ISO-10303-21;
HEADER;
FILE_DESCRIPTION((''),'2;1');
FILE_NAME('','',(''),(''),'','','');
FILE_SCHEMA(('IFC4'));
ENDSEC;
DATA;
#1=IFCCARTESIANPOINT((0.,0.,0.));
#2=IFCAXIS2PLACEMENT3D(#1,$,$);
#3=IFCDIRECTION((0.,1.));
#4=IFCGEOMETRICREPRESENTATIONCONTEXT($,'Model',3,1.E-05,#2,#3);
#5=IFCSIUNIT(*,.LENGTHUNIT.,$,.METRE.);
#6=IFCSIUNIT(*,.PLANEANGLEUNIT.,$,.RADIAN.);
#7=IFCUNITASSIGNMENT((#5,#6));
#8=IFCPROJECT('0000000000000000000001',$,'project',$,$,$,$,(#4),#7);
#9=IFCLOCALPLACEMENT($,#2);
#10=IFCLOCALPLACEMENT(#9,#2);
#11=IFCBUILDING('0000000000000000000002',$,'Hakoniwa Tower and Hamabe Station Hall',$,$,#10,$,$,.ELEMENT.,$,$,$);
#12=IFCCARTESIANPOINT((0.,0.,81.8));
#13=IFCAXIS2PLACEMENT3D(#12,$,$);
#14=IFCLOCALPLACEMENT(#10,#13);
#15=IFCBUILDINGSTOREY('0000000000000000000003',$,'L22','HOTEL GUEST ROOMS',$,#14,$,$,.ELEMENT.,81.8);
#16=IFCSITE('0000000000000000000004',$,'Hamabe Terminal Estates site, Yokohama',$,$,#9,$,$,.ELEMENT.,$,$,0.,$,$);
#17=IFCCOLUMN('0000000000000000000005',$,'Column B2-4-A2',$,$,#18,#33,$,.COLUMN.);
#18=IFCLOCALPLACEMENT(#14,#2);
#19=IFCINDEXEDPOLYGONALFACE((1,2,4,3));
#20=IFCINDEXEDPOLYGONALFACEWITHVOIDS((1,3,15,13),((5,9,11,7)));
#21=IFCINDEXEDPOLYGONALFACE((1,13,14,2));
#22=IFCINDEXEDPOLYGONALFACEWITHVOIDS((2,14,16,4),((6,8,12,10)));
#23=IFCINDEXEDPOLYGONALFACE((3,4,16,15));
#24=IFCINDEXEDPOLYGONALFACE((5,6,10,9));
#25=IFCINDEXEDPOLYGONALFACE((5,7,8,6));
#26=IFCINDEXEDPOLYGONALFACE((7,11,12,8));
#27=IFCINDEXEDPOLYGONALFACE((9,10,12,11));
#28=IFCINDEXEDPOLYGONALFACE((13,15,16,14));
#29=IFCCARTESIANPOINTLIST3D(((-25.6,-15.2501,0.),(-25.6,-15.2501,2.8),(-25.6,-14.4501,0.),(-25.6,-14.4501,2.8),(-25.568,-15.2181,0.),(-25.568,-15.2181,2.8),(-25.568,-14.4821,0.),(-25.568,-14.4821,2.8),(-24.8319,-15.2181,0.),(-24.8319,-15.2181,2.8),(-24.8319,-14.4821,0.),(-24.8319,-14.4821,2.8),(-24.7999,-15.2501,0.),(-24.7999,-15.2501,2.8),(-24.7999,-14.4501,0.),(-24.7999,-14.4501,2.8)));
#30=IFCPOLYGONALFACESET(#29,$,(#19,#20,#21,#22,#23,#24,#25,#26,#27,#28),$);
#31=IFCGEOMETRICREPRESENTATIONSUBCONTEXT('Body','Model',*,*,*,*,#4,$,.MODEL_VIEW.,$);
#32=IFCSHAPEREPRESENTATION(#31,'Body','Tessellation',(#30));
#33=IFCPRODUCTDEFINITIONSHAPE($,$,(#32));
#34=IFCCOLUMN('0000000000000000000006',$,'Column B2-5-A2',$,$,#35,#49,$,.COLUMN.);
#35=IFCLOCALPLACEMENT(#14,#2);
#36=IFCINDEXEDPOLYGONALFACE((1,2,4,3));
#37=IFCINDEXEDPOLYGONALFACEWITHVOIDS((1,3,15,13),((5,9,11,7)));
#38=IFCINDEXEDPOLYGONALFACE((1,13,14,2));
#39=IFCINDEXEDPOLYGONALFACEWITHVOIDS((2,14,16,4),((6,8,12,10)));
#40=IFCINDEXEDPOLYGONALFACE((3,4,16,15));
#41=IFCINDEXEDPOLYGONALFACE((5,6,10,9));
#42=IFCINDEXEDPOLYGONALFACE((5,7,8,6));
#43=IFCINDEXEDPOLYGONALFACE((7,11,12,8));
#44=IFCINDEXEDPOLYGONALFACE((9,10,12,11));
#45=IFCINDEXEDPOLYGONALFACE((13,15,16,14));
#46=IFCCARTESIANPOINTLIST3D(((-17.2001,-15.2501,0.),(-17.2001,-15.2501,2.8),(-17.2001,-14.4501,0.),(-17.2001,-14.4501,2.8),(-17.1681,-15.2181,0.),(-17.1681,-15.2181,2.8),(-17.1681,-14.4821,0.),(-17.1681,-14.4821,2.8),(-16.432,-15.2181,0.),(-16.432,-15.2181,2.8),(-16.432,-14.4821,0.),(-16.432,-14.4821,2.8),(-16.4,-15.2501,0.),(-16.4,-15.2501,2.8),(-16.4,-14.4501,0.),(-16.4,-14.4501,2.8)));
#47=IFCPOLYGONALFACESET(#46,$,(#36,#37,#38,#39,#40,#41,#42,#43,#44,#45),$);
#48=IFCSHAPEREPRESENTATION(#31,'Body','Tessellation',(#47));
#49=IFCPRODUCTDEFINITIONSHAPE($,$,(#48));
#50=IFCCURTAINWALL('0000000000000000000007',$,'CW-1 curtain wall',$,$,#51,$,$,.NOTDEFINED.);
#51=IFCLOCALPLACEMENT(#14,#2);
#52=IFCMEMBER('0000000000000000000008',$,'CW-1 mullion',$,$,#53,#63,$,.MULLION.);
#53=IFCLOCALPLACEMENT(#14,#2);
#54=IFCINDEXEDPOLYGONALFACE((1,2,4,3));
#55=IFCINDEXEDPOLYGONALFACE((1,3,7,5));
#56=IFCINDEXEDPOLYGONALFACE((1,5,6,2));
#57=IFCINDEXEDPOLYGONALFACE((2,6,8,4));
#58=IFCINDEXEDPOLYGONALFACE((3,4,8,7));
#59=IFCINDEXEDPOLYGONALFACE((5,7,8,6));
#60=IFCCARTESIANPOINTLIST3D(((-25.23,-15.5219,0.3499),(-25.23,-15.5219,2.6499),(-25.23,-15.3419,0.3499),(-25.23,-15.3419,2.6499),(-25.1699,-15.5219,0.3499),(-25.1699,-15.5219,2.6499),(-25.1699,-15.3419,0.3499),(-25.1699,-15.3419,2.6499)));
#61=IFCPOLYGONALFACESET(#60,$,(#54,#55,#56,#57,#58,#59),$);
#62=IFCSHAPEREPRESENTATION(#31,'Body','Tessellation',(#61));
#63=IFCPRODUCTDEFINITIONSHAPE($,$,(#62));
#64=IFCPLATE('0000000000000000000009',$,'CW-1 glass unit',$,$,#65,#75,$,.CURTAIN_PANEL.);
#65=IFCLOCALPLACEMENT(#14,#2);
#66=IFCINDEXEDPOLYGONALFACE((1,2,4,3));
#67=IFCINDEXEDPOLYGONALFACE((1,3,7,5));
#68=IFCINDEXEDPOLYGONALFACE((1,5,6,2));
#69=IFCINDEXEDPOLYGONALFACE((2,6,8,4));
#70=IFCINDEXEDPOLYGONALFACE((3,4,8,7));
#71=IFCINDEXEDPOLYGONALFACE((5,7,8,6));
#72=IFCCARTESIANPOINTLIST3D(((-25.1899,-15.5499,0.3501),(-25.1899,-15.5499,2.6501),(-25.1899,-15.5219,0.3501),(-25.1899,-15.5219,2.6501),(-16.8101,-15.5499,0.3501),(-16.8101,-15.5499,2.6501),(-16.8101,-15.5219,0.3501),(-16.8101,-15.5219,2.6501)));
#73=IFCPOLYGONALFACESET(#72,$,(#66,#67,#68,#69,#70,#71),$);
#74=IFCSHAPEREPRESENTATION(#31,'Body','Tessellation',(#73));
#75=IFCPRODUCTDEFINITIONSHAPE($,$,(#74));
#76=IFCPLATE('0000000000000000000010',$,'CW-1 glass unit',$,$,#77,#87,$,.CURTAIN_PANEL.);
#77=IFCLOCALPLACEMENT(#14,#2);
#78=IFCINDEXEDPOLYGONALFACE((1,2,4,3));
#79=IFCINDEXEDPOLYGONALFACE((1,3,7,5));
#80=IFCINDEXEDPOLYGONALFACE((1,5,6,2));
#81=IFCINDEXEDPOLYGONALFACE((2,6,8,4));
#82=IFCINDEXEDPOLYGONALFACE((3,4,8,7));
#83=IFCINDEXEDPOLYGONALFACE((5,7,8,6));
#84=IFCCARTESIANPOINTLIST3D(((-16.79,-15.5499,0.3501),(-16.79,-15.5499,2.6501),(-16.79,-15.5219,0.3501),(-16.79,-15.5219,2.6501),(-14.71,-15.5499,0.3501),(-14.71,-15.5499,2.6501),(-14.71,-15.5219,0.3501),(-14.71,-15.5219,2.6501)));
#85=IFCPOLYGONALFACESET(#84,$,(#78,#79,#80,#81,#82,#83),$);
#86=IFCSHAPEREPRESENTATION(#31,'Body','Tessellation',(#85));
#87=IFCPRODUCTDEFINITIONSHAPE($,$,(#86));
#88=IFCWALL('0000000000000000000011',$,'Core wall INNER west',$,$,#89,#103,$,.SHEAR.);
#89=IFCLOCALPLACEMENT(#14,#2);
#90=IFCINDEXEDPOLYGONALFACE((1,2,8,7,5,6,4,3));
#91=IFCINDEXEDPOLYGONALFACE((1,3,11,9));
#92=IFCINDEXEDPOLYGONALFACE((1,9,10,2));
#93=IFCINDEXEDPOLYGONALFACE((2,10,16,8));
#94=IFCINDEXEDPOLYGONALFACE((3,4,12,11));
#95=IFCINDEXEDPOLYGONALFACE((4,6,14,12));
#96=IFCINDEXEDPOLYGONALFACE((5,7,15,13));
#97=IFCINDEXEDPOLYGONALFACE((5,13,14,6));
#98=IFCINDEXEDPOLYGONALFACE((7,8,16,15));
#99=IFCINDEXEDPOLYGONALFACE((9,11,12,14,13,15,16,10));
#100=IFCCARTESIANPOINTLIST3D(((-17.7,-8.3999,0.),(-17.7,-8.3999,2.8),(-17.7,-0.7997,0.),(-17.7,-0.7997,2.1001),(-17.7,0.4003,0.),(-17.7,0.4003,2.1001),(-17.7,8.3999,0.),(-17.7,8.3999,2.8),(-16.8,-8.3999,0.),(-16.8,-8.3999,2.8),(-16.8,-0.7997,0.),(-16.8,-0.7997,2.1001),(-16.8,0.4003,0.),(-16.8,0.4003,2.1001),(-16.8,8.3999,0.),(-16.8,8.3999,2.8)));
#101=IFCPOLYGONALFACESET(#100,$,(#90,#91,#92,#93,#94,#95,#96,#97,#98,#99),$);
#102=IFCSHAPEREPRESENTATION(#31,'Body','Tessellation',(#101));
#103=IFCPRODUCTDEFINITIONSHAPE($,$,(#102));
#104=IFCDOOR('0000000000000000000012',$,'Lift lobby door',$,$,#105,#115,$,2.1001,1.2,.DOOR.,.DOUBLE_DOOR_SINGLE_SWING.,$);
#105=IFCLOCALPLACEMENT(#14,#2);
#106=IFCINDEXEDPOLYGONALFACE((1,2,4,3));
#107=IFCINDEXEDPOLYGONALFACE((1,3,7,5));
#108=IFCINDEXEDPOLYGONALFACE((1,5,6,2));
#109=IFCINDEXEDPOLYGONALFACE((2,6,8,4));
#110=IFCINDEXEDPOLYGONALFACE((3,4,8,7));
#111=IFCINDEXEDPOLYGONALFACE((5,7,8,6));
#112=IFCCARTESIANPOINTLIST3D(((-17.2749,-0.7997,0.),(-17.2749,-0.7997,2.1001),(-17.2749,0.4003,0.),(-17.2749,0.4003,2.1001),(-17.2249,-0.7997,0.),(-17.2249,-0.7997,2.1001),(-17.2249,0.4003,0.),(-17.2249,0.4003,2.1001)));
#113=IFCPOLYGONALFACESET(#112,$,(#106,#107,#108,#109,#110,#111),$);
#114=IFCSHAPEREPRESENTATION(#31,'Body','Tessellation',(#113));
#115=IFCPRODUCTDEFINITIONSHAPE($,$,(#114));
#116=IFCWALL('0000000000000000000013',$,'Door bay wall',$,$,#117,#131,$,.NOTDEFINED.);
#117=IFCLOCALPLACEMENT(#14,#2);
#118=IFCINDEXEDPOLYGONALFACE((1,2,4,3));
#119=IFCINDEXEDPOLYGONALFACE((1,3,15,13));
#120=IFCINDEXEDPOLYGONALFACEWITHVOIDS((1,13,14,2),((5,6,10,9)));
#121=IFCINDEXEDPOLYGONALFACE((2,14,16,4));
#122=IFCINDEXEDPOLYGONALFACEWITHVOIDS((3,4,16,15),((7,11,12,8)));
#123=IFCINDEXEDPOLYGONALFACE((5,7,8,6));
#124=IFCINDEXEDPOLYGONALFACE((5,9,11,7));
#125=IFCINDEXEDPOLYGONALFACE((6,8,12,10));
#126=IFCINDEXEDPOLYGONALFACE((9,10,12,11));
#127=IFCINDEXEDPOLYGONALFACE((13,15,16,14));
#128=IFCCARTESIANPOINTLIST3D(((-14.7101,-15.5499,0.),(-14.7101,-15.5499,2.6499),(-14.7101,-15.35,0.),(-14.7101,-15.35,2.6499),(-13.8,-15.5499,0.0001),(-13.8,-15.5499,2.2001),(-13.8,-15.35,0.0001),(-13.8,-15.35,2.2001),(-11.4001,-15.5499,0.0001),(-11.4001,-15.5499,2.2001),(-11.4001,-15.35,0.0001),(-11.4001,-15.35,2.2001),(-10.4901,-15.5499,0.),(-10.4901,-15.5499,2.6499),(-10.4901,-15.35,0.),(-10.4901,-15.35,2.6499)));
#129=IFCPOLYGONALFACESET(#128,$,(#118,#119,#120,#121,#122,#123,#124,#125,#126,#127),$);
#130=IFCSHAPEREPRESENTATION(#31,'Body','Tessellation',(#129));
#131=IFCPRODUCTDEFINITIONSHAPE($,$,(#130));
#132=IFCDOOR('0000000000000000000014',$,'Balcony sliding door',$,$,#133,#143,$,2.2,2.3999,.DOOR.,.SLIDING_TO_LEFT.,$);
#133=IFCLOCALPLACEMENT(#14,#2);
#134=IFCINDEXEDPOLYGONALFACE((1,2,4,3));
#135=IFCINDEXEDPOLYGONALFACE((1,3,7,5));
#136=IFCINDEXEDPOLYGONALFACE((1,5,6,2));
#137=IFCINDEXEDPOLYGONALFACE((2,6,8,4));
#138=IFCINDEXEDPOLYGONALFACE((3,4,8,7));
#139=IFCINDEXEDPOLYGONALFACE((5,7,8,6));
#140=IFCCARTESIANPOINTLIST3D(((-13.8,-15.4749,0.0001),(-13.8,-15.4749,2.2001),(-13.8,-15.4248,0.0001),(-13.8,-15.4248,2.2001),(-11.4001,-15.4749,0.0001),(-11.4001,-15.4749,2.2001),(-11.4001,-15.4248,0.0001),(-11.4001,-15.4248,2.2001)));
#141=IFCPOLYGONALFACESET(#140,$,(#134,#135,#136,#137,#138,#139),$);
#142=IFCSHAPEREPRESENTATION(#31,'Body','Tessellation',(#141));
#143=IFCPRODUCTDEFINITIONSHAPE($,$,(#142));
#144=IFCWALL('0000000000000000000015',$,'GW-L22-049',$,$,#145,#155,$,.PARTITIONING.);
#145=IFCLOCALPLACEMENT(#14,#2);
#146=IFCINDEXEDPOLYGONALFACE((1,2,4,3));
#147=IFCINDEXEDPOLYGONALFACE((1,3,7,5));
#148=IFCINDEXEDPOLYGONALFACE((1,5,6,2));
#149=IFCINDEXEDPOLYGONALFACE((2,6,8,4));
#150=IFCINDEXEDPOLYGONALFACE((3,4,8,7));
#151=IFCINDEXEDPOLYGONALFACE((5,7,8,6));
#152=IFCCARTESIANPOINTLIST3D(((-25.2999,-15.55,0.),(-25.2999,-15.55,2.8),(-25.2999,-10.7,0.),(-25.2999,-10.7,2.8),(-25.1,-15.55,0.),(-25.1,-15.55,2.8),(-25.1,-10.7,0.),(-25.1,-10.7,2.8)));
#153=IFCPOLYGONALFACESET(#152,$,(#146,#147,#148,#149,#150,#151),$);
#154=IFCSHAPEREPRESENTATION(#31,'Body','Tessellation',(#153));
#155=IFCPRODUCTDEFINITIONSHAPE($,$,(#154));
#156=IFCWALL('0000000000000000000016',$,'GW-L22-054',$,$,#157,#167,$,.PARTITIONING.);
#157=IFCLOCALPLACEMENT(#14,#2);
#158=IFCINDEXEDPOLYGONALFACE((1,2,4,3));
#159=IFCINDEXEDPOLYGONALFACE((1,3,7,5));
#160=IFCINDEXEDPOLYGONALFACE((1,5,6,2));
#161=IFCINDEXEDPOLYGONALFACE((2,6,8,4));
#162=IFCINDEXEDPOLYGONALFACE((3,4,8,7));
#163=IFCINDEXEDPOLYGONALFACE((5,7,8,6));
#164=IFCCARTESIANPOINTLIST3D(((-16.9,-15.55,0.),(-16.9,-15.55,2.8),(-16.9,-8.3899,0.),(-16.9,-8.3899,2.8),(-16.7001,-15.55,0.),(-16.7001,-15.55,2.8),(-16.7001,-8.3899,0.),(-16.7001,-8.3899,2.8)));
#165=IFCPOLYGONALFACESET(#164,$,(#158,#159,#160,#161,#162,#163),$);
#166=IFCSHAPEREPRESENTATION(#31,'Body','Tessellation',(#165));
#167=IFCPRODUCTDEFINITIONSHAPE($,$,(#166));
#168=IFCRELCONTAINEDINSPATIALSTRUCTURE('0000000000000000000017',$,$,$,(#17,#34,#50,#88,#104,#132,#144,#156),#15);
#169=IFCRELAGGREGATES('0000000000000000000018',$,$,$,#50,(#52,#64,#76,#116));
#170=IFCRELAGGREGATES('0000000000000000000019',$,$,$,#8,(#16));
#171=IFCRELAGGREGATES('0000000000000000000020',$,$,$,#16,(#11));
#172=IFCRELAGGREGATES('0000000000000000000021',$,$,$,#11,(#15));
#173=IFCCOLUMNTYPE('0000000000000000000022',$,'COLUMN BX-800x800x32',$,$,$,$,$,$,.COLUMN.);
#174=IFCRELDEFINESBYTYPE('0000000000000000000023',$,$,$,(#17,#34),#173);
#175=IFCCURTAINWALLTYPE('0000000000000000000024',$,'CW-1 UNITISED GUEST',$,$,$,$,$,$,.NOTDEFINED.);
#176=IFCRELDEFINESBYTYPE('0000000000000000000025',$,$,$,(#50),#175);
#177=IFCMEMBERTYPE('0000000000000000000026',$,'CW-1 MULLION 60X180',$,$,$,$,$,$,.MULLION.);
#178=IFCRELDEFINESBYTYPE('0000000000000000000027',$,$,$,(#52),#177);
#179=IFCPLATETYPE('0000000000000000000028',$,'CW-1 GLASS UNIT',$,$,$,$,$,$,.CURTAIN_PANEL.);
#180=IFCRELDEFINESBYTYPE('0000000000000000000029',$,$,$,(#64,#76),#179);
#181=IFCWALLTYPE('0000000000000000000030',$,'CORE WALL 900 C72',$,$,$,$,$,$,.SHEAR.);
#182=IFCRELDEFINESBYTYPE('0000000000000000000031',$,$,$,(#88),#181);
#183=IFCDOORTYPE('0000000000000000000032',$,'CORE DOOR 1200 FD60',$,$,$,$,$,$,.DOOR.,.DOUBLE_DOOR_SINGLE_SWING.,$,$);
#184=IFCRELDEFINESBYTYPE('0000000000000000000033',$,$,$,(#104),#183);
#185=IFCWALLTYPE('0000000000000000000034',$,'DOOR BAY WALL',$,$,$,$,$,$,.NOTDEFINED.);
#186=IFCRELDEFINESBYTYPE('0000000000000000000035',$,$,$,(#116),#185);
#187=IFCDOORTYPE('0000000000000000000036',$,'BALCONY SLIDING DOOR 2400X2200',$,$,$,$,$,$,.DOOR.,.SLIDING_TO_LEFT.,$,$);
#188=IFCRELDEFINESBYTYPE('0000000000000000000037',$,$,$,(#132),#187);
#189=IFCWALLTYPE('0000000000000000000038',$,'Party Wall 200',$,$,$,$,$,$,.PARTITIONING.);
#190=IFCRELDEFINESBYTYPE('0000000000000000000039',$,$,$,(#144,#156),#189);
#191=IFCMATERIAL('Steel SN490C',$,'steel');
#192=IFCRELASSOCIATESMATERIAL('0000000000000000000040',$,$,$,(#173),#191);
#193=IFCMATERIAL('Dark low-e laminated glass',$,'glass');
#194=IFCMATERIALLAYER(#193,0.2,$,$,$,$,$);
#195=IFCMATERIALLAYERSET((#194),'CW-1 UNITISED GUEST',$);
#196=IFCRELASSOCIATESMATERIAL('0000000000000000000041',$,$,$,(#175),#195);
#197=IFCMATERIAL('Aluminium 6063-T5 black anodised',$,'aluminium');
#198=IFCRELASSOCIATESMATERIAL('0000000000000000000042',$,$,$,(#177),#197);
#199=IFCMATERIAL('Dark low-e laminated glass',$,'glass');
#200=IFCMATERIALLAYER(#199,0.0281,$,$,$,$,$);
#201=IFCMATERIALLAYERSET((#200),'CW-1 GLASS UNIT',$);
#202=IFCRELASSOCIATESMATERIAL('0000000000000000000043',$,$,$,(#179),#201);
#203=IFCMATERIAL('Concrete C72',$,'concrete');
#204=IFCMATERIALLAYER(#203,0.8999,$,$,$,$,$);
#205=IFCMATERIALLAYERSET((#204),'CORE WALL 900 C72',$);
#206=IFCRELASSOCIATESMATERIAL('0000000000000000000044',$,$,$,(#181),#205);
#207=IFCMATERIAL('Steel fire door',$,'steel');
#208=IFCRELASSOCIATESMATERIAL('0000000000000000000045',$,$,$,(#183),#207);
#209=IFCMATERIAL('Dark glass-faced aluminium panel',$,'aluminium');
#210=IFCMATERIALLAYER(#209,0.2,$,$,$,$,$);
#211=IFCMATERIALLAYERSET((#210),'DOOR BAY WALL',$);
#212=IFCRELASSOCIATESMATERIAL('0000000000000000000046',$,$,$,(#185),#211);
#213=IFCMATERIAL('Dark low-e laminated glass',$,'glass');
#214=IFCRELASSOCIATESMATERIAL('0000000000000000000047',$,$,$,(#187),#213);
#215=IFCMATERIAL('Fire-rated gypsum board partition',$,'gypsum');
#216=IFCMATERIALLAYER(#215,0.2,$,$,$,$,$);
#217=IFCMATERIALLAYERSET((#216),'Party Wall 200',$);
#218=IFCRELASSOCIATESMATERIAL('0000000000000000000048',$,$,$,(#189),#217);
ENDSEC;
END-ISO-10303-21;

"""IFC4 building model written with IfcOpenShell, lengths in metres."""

from ifc_helpers import new_model, si_unit, direction, frame, frame_2d, origin, origin_2d, place, context, subcontext, project, spatial, rectangle, hollow_rectangle, extrude, material, layer, layer_set, material_profile, profile_set, type_object, element, fill, aggregate, save


model = new_model("IFC4")

# Units and contexts
model_context = context("Model", 3, precision=1e-05, world=origin(), true_north=direction((0.0, 1.0)))
body_context = subcontext(model_context, "Body", "Model", "MODEL_VIEW")
ifc_project = project(units=[si_unit("LENGTHUNIT", "METRE"), si_unit("PLANEANGLEUNIT", "RADIAN")], contexts=[model_context])

# Site, building, storey
site_placement = place(None, origin())
site = spatial("IfcSite", under=ifc_project, at=site_placement, Name="Hamabe Terminal Estates site, Yokohama", CompositionType="ELEMENT", RefElevation=0.0)
building_placement = place(site_placement, origin())
building = spatial("IfcBuilding", under=site, at=building_placement, Name="Hakoniwa Tower and Hamabe Station Hall", CompositionType="ELEMENT")
storey_placement = place(building_placement, frame((0.0, 0.0, 81.8)))
storey = spatial("IfcBuildingStorey", under=building, at=storey_placement, Name="L22", Description="HOTEL GUEST ROOMS", CompositionType="ELEMENT", Elevation=81.8)

# Columns
ifc_material_1 = material(Name="Steel SN490C", Category="steel")
ifc_material_profile_1 = material_profile(ifc_material_1, hollow_rectangle(XDim=0.8, YDim=0.8, WallThickness=0.032, at=origin_2d()), Name="BX-800x800x32")
ifc_profile_set_1 = profile_set([ifc_material_profile_1], Name="Steel SN490C")
column_type = type_object("IfcColumnType", Name="COLUMN BX-800x800x32", PredefinedType="COLUMN", material=ifc_profile_set_1)
for number, where, z_axis, x_axis, name in (
    (1, (-25.2, -14.8501, 0.0), (0.0, 0.0, 1.0), (1.0, 0.0, 0.0), "Column B2-4-A2"),
    (2, (-16.8, -14.8501, 0.0), (0.0, 0.0, 1.0), (1.0, 0.0, 0.0), "Column B2-5-A2"),
):
    element("IfcColumn", number, at=place(storey_placement, frame(where, z_axis=z_axis, x_axis=x_axis)), inside=storey, type_object=column_type, Name=name, PredefinedType="COLUMN", context=body_context, shape_type="SweptSolid", body=[
        extrude(hollow_rectangle(XDim=0.8, YDim=0.8, WallThickness=0.032, at=origin_2d()), origin(), (0.0, 0.0, 1.0), 2.8),
    ])

# Curtain wall, member, plates
ifc_material_2 = material(Name="Dark low-e laminated glass", Category="glass")
ifc_layer_1 = layer(ifc_material_2, 0.2)
ifc_layer_set_1 = layer_set([ifc_layer_1], Name="CW-1 UNITISED GUEST")
curtain_wall_type = type_object("IfcCurtainWallType", Name="CW-1 UNITISED GUEST", PredefinedType="NOTDEFINED", material=ifc_layer_set_1)
curtain_wall_placement = place(storey_placement, origin())
curtain_wall = element("IfcCurtainWall", 3, at=curtain_wall_placement, inside=storey, type_object=curtain_wall_type, Name="CW-1 curtain wall", PredefinedType="NOTDEFINED")
ifc_material_3 = material(Name="Aluminium 6063-T5 black anodised", Category="aluminium")
ifc_material_profile_2 = material_profile(ifc_material_3, rectangle(XDim=0.0601, YDim=0.1799, at=origin_2d()), Name="CW-1 MULLION 60X180")
ifc_profile_set_2 = profile_set([ifc_material_profile_2], Name="Aluminium 6063-T5 black anodised")
member_type = type_object("IfcMemberType", Name="CW-1 MULLION 60X180", PredefinedType="MULLION", material=ifc_profile_set_2)
member_placement = place(storey_placement, frame((-25.2, -15.4319, 0.3499), z_axis=(0.0, 0.0, 1.0), x_axis=(1.0, 0.0, 0.0)))
member = element("IfcMember", 4, at=member_placement, type_object=member_type, Name="CW-1 mullion", PredefinedType="MULLION", context=body_context, shape_type="SweptSolid", body=[
    extrude(rectangle(XDim=0.0601, YDim=0.1799, at=origin_2d()), origin(), (0.0, 0.0, 1.0), 2.3),
])
ifc_material_4 = material(Name="Dark low-e laminated glass", Category="glass")
ifc_layer_2 = layer(ifc_material_4, 0.0281)
ifc_layer_set_2 = layer_set([ifc_layer_2], Name="CW-1 GLASS UNIT")
plate_type = type_object("IfcPlateType", Name="CW-1 GLASS UNIT", PredefinedType="CURTAIN_PANEL", material=ifc_layer_set_2)
plate_1_placement = place(storey_placement, frame((-21.0, -15.5359, 0.3501), z_axis=(0.0, 0.0, 1.0), x_axis=(1.0, 0.0, 0.0)))
plate_1 = element("IfcPlate", 5, at=plate_1_placement, type_object=plate_type, Name="CW-1 glass unit", PredefinedType="CURTAIN_PANEL", context=body_context, shape_type="SweptSolid", body=[
    extrude(rectangle(XDim=8.3799, YDim=0.0281, at=origin_2d()), origin(), (0.0, 0.0, 1.0), 2.3),
])
plate_2_placement = place(storey_placement, frame((-15.75, -15.5359, 0.3501), z_axis=(0.0, 0.0, 1.0), x_axis=(1.0, 0.0, 0.0)))
plate_2 = element("IfcPlate", 6, at=plate_2_placement, type_object=plate_type, Name="CW-1 glass unit", PredefinedType="CURTAIN_PANEL", context=body_context, shape_type="SweptSolid", body=[
    extrude(rectangle(XDim=2.0801, YDim=0.0281, at=origin_2d()), origin(), (0.0, 0.0, 1.0), 2.3),
])

# Walls, openings, doors
ifc_material_5 = material(Name="Concrete C72", Category="concrete")
ifc_layer_3 = layer(ifc_material_5, 0.8999)
ifc_layer_set_3 = layer_set([ifc_layer_3], Name="CORE WALL 900 C72")
wall_type_1 = type_object("IfcWallType", Name="CORE WALL 900 C72", PredefinedType="SHEAR", material=ifc_layer_set_3)
wall_1_placement = place(storey_placement, frame((-17.25, -8.3999, 0.0), z_axis=(0.0, 0.0, 1.0), x_axis=(0.0, 1.0, 0.0)))
wall_1 = element("IfcWall", 7, at=wall_1_placement, inside=storey, type_object=wall_type_1, Name="Core wall INNER west", PredefinedType="SHEAR", context=body_context, shape_type="SweptSolid", body=[
    extrude(rectangle(XDim=16.7998, YDim=0.8999, at=frame_2d((8.3999, 0.0))), origin(), (0.0, 0.0, 1.0), 2.8),
])
opening_1_placement = place(wall_1_placement, frame((7.6001, 0.0, 0.0)))
opening_1 = element("IfcOpeningElement", 8, at=opening_1_placement, cuts=wall_1, PredefinedType="OPENING", context=body_context, shape_type="SweptSolid", body=[
    extrude(rectangle(XDim=1.2, YDim=2.1001, at=frame_2d((0.6001, 1.05))), frame((0.0, 0.46, 0.0), z_axis=(0.0, -1.0, 0.0), x_axis=(1.0, 0.0, 0.0)), (0.0, 0.0, 1.0), 0.9199),
])
ifc_material_6 = material(Name="Steel fire door", Category="steel")
door_type_1 = type_object("IfcDoorType", Name="CORE DOOR 1200 FD60", OperationType="DOUBLE_DOOR_SINGLE_SWING", PredefinedType="DOOR", material=ifc_material_6)
door_1_placement = place(opening_1_placement, origin())
door_1 = element("IfcDoor", 9, at=door_1_placement, inside=storey, type_object=door_type_1, Name="Lift lobby door", OperationType="DOUBLE_DOOR_SINGLE_SWING", OverallHeight=2.1001, OverallWidth=1.2, PredefinedType="DOOR", context=body_context, shape_type="SweptSolid", body=[
    extrude(rectangle(XDim=1.2, YDim=2.1001, at=frame_2d((0.6001, 1.05))), frame((0.0, 0.0249, 0.0), z_axis=(0.0, -1.0, 0.0), x_axis=(1.0, 0.0, 0.0)), (0.0, 0.0, 1.0), 0.05),
])
fill(opening_1, door_1)
ifc_material_7 = material(Name="Dark glass-faced aluminium panel", Category="aluminium")
ifc_layer_4 = layer(ifc_material_7, 0.2)
ifc_layer_set_4 = layer_set([ifc_layer_4], Name="DOOR BAY WALL")
wall_type_2 = type_object("IfcWallType", Name="DOOR BAY WALL", PredefinedType="NOTDEFINED", material=ifc_layer_set_4)
wall_2_placement = place(storey_placement, frame((-14.71, -15.45, 0.0), z_axis=(0.0, 0.0, 1.0), x_axis=(1.0, 0.0, 0.0)))
wall_2 = element("IfcWall", 10, at=wall_2_placement, type_object=wall_type_2, Name="Door bay wall", PredefinedType="NOTDEFINED", context=body_context, shape_type="SweptSolid", body=[
    extrude(rectangle(XDim=4.22, YDim=0.2, at=frame_2d((2.1099, 0.0))), origin(), (0.0, 0.0, 1.0), 2.6499),
])
opening_2_placement = place(wall_2_placement, frame((0.9099, 0.0, 0.0)))
opening_2 = element("IfcOpeningElement", 11, at=opening_2_placement, cuts=wall_2, PredefinedType="OPENING", context=body_context, shape_type="SweptSolid", body=[
    extrude(rectangle(XDim=2.3999, YDim=2.2, at=frame_2d((1.2, 1.1001))), frame((0.0, 0.1099, 0.0), z_axis=(0.0, -1.0, 0.0), x_axis=(1.0, 0.0, 0.0)), (0.0, 0.0, 1.0), 0.22),
])
ifc_material_8 = material(Name="Dark low-e laminated glass", Category="glass")
door_type_2 = type_object("IfcDoorType", Name="BALCONY SLIDING DOOR 2400X2200", OperationType="SLIDING_TO_LEFT", PredefinedType="DOOR", material=ifc_material_8)
door_2_placement = place(opening_2_placement, frame((2.3999, 0.0, 0.0), z_axis=(0.0, 0.0, 1.0), x_axis=(-1.0, 0.0, 0.0)))
door_2 = element("IfcDoor", 12, at=door_2_placement, inside=storey, type_object=door_type_2, Name="Balcony sliding door", OperationType="SLIDING_TO_LEFT", OverallHeight=2.2, OverallWidth=2.3999, PredefinedType="DOOR", context=body_context, shape_type="SweptSolid", body=[
    extrude(rectangle(XDim=2.3999, YDim=2.2, at=frame_2d((1.2, 1.1001))), frame((0.0, 0.0249, 0.0), z_axis=(0.0, -1.0, 0.0), x_axis=(1.0, 0.0, 0.0)), (0.0, 0.0, 1.0), 0.05),
])
fill(opening_2, door_2)
aggregate(curtain_wall, [member, plate_1, plate_2, wall_2])

# Walls
ifc_material_9 = material(Name="Fire-rated gypsum board partition", Category="gypsum")
ifc_layer_5 = layer(ifc_material_9, 0.2)
ifc_layer_set_5 = layer_set([ifc_layer_5], Name="Party Wall 200")
wall_type_3 = type_object("IfcWallType", Name="Party Wall 200", PredefinedType="PARTITIONING", material=ifc_layer_set_5)
wall_3_placement = place(storey_placement, frame((-25.2, -15.55, 0.0), z_axis=(0.0, 0.0, 1.0), x_axis=(0.0, 1.0, 0.0)))
element("IfcWall", 13, at=wall_3_placement, inside=storey, type_object=wall_type_3, Name="GW-L22-049", PredefinedType="PARTITIONING", context=body_context, shape_type="SweptSolid", body=[
    extrude(rectangle(XDim=4.8501, YDim=0.2, at=frame_2d((2.425, 0.0))), origin(), (0.0, 0.0, 1.0), 2.8),
])
wall_4_placement = place(storey_placement, frame((-16.8, -15.55, 0.0), z_axis=(0.0, 0.0, 1.0), x_axis=(0.0, 1.0, 0.0)))
element("IfcWall", 14, at=wall_4_placement, inside=storey, type_object=wall_type_3, Name="GW-L22-054", PredefinedType="PARTITIONING", context=body_context, shape_type="SweptSolid", body=[
    extrude(rectangle(XDim=7.1602, YDim=0.2, at=frame_2d((3.5801, 0.0))), origin(), (0.0, 0.0, 1.0), 2.8),
])

save(model, "model.ifc")
